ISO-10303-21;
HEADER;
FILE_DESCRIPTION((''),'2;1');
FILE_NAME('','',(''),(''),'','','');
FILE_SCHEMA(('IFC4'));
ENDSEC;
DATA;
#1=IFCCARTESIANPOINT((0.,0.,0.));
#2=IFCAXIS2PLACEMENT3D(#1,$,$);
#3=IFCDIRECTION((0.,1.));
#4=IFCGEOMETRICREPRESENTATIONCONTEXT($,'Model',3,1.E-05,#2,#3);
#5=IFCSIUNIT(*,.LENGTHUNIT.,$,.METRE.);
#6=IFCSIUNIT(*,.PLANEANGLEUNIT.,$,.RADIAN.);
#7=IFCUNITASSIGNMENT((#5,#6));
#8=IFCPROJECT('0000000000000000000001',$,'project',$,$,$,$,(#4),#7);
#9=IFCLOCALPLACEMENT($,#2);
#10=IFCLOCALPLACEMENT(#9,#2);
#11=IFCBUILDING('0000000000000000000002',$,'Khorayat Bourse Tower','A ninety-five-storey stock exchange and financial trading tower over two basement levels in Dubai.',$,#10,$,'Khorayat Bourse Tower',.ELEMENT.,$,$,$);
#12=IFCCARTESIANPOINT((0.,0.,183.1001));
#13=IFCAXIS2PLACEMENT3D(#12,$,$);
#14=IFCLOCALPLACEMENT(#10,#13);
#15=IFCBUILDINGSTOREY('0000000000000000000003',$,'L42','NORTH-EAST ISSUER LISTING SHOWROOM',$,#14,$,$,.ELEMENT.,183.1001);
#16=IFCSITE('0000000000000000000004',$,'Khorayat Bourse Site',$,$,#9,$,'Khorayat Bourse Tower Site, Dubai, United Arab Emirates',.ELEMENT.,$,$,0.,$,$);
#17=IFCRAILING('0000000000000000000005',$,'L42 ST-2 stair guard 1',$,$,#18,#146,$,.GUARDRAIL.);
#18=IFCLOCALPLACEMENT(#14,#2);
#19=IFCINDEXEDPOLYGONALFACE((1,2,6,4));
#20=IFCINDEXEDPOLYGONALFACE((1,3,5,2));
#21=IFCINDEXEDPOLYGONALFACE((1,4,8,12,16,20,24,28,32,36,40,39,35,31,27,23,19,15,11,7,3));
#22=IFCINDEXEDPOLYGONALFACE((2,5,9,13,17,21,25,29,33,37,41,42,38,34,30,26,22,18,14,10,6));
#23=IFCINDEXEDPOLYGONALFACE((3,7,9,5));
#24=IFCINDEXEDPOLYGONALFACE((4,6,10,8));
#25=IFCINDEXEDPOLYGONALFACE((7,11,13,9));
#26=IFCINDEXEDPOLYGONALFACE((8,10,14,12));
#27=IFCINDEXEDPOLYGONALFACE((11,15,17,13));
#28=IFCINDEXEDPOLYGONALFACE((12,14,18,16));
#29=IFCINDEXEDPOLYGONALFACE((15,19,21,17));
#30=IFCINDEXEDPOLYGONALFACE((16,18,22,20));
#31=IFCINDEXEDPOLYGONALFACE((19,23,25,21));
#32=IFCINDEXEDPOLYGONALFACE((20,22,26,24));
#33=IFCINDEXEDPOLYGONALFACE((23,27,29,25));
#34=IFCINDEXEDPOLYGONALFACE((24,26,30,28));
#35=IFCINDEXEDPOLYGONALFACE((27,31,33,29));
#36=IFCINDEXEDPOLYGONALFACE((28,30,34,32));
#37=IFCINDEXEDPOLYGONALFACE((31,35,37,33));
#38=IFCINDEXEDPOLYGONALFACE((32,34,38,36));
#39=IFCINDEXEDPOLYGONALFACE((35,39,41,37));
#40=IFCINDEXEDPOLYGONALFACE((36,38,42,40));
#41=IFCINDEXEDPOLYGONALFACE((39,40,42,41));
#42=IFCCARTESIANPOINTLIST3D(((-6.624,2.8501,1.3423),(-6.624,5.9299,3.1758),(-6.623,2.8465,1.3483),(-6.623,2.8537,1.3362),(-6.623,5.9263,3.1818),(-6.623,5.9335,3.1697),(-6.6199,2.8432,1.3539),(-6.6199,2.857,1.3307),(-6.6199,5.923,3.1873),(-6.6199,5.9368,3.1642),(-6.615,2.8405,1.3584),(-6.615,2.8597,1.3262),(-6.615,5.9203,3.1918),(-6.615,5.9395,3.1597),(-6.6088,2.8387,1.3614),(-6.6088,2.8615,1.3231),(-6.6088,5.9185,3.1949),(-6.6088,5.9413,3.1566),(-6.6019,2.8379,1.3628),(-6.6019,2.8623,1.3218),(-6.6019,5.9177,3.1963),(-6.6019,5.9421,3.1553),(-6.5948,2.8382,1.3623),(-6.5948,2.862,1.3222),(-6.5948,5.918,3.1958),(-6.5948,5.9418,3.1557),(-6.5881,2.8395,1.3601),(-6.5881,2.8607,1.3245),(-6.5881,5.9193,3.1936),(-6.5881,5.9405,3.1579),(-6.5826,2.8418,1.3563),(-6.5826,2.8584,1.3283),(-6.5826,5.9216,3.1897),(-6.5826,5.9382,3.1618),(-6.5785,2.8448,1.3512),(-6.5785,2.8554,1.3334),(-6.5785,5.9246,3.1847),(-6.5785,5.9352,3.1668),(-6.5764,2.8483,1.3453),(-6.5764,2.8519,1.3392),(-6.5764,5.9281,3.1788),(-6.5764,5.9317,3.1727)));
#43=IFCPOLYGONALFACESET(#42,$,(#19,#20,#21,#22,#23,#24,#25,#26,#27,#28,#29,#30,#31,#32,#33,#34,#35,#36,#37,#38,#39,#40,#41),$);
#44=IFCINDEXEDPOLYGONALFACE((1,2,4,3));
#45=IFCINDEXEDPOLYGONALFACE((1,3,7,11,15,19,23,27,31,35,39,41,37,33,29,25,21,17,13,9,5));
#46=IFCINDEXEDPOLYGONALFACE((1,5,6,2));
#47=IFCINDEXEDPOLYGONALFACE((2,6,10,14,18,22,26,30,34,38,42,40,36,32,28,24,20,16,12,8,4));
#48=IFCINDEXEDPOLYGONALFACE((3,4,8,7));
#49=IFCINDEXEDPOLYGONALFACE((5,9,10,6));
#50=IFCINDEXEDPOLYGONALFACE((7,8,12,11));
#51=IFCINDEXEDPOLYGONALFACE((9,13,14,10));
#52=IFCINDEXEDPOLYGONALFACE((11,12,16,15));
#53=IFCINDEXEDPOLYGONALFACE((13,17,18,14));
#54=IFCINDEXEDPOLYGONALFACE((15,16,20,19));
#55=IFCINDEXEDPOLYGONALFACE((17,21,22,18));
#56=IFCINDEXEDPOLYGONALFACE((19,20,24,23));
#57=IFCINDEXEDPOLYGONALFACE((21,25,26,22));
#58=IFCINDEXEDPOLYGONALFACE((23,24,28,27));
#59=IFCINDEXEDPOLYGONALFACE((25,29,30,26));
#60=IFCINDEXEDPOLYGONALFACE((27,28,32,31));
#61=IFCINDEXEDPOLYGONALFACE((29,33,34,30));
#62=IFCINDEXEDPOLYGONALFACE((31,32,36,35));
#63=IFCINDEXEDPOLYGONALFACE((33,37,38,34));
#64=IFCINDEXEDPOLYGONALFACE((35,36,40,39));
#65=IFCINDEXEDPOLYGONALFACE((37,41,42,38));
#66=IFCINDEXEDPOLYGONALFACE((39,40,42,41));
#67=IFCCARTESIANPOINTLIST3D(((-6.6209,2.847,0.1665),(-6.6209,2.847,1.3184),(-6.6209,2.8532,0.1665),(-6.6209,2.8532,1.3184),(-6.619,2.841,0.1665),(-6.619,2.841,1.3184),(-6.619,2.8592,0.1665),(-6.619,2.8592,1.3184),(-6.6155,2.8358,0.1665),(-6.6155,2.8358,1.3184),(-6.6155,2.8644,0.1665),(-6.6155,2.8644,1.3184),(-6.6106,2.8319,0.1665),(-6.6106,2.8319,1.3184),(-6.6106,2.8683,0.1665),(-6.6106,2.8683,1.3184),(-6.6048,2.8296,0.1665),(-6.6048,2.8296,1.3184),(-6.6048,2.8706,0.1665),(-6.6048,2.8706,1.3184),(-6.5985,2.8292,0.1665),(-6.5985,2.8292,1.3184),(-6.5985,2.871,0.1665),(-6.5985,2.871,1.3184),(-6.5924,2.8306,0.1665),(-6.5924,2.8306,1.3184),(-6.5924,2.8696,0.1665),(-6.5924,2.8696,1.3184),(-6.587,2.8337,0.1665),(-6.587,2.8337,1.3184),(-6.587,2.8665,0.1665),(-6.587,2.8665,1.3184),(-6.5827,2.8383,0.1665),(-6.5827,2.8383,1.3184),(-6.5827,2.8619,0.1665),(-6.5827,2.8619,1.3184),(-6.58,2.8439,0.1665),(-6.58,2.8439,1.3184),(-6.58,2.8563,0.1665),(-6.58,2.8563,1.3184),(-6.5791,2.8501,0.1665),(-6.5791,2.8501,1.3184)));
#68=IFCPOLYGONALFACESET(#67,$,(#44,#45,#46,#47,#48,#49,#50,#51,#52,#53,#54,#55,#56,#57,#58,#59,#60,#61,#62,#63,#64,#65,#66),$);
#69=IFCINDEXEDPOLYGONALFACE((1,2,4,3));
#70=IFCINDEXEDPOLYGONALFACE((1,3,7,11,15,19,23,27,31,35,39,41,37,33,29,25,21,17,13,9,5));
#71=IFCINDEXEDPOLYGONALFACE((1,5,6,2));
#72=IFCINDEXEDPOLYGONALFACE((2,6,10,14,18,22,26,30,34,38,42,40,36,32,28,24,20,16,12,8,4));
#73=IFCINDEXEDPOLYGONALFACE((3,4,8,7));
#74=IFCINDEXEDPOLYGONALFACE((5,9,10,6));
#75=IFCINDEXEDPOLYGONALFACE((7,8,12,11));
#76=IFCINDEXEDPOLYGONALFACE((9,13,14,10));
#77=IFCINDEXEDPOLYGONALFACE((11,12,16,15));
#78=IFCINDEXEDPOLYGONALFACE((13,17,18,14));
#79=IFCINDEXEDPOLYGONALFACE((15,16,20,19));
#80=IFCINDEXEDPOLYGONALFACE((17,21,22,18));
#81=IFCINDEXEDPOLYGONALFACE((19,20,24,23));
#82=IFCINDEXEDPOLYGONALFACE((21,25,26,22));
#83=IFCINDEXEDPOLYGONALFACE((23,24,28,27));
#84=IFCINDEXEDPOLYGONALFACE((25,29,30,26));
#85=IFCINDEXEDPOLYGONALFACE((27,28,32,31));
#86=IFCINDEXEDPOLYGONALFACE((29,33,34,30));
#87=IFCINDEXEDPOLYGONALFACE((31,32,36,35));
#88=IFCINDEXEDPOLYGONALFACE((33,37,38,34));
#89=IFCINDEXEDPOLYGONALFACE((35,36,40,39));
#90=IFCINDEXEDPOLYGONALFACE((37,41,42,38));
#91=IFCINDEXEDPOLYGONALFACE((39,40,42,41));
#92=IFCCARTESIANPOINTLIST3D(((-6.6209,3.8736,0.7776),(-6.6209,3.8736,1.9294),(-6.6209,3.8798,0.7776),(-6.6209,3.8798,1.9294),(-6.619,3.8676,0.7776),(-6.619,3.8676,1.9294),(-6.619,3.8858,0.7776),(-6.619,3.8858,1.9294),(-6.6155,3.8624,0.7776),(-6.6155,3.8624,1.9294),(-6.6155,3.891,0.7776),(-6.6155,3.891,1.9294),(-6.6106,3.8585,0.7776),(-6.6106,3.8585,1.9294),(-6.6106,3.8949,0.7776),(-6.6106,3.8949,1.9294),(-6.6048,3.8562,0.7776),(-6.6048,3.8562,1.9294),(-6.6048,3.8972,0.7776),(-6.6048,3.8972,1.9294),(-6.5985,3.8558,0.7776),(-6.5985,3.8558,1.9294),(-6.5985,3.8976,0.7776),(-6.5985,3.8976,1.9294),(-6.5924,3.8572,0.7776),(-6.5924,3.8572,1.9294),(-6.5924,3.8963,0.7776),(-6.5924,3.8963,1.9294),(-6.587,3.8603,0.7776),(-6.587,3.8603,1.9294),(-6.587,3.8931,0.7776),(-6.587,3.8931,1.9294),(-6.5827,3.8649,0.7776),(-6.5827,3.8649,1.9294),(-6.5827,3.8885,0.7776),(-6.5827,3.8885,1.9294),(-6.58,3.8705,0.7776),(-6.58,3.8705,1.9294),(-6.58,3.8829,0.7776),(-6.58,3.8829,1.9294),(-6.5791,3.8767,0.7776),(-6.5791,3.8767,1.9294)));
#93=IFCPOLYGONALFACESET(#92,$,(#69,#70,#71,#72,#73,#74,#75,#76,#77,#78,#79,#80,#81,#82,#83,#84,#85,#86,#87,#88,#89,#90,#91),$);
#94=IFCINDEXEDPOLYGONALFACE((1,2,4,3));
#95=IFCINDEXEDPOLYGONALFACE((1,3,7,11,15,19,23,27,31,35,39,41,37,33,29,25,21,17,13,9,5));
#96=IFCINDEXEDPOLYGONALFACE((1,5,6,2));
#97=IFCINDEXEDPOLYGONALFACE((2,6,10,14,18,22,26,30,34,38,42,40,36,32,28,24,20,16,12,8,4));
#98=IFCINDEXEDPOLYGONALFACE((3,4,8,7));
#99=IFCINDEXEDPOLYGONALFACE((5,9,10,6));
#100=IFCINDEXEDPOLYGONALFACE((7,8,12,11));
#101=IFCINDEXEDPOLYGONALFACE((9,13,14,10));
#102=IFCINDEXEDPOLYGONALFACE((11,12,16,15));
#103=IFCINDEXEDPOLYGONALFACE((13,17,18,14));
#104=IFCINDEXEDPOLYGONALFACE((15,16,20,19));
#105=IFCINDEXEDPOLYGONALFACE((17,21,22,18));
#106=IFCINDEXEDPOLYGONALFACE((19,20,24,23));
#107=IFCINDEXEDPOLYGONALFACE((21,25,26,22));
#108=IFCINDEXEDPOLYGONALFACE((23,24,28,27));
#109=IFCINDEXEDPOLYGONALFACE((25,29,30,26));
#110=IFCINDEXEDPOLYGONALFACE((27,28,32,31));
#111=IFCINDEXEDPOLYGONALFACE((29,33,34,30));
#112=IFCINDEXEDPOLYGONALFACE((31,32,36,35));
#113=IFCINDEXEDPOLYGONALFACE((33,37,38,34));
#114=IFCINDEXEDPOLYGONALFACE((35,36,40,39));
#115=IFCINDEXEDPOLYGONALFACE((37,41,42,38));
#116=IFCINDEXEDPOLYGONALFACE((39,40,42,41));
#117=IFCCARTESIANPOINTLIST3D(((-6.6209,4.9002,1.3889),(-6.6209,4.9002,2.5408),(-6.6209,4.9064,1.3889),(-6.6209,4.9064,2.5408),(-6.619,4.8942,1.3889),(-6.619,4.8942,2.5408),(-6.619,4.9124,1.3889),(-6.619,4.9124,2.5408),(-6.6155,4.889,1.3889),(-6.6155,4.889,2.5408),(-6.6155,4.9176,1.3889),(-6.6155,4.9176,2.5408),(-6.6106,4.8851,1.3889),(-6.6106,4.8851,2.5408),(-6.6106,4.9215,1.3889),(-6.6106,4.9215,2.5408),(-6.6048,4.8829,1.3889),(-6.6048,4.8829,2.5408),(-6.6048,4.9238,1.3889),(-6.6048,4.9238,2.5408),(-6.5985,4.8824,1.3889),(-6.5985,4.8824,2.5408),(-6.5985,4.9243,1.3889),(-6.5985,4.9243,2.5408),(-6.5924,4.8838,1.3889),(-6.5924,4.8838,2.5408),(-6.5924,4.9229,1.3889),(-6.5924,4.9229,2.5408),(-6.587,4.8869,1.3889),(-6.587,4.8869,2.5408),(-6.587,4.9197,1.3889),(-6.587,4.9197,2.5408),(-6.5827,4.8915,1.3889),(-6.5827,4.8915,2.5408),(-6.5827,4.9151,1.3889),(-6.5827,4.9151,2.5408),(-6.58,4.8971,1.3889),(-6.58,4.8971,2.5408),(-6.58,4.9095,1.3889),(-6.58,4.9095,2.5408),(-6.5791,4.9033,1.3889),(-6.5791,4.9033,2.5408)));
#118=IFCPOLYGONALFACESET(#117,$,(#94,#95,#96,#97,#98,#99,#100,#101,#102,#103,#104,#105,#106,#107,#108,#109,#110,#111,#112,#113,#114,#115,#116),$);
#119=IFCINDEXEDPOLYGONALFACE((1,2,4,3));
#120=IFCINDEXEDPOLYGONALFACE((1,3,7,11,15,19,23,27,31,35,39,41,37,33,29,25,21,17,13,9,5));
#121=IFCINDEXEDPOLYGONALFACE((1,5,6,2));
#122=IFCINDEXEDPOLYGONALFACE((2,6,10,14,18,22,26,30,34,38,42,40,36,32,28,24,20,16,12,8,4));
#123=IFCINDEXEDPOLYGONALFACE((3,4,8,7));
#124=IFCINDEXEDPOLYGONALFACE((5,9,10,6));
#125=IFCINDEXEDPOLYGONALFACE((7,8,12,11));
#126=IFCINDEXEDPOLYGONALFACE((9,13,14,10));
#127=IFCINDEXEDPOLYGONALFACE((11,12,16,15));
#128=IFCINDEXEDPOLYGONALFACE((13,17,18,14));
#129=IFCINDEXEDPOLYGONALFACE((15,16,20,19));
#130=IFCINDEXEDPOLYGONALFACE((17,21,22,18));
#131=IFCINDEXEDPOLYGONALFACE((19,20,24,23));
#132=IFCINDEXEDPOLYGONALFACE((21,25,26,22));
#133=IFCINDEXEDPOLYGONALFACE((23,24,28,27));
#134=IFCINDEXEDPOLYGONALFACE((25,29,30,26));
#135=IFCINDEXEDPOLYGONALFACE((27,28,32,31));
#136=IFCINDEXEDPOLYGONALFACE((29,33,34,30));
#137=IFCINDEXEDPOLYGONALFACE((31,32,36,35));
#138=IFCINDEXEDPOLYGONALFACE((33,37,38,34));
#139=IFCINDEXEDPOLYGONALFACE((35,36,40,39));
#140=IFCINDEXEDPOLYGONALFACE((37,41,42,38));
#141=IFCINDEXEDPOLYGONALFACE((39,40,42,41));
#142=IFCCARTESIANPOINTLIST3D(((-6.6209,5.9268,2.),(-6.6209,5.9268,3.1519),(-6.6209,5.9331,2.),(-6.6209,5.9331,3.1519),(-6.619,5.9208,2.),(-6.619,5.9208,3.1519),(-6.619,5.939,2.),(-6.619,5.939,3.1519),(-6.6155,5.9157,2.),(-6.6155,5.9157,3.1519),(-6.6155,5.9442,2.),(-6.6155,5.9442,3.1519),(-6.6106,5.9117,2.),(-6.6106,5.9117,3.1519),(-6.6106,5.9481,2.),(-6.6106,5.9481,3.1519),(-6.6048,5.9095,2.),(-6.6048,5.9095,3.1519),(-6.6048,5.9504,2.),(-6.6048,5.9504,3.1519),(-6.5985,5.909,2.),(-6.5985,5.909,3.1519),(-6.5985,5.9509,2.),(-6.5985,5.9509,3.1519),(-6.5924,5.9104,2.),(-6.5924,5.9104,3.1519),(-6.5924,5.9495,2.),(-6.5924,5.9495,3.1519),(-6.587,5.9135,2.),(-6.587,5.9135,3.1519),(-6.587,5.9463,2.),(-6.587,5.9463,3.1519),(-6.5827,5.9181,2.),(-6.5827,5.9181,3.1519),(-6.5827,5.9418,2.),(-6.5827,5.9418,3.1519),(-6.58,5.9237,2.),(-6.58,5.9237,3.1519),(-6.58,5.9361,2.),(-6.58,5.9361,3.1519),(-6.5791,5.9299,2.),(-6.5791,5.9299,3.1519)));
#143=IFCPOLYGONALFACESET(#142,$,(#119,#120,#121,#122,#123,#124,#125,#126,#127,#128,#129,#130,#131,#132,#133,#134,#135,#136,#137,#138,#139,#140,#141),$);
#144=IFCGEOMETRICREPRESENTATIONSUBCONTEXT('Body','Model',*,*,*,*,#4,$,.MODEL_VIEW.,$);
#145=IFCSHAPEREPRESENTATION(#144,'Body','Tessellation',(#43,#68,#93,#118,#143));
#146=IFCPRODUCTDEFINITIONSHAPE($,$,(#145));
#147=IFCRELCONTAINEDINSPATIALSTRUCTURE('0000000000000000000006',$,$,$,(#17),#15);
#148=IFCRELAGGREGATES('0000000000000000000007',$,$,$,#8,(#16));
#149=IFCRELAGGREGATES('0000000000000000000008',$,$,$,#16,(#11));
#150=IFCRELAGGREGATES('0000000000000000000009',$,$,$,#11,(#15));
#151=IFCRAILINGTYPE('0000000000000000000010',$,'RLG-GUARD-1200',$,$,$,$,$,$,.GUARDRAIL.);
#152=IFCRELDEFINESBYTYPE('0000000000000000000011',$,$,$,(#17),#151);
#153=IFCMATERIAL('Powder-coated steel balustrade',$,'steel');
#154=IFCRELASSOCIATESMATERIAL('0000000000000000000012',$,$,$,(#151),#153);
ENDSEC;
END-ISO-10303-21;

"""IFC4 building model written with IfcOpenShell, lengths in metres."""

from ifc_helpers import new_model, si_unit, direction, frame, origin, origin_2d, place, context, subcontext, project, spatial, circle, extrude, source, transform, mapped, material, type_object, element, save


model = new_model("IFC4")

# Units and contexts
model_context = context("Model", 3, precision=1e-05, world=origin(), true_north=direction((0.0, 1.0)))
body_context = subcontext(model_context, "Body", "Model", "MODEL_VIEW")
ifc_project = project(units=[si_unit("LENGTHUNIT", "METRE"), si_unit("PLANEANGLEUNIT", "RADIAN")], contexts=[model_context])

# Site, building, storey
site_placement = place(None, origin())
site = spatial("IfcSite", under=ifc_project, at=site_placement, Name="Khorayat Bourse Site", LongName="Khorayat Bourse Tower Site, Dubai, United Arab Emirates", CompositionType="ELEMENT", RefElevation=0.0)
building_placement = place(site_placement, origin())
building = spatial("IfcBuilding", under=site, at=building_placement, Name="Khorayat Bourse Tower", Description="A ninety-five-storey stock exchange and financial trading tower over two basement levels in Dubai.", LongName="Khorayat Bourse Tower", CompositionType="ELEMENT")
storey_placement = place(building_placement, frame((0.0, 0.0, 183.1001)))
storey = spatial("IfcBuildingStorey", under=building, at=storey_placement, Name="L42", Description="NORTH-EAST ISSUER LISTING SHOWROOM", CompositionType="ELEMENT", Elevation=183.1001)

# Railing
ifc_material_1 = material(Name="Powder-coated steel balustrade", Category="steel")
railing_type_1 = type_object("IfcRailingType", Name="RLG-GUARD-1200", PredefinedType="GUARDRAIL", material=ifc_material_1)
shared_shape_1 = source(origin(), body_context, "Body", "SweptSolid", [
    extrude(circle(Radius=0.0239, at=origin_2d()), frame((0.0, 0.0, 1.1758), z_axis=(0.0, 0.859261, 0.511538), x_axis=(-1.0, 0.0, 0.0)), (0.0, 0.0, 1.0), 3.5842),
    extrude(circle(Radius=0.021, at=origin_2d()), origin(), (0.0, 0.0, 1.0), 1.1519),
    extrude(circle(Radius=0.021, at=origin_2d()), frame((0.0, 1.0266, 0.6111)), (0.0, 0.0, 1.0), 1.1519),
    extrude(circle(Radius=0.021, at=origin_2d()), frame((0.0, 2.0532, 1.2224)), (0.0, 0.0, 1.0), 1.1519),
    extrude(circle(Radius=0.021, at=origin_2d()), frame((0.0, 3.0798, 1.8335)), (0.0, 0.0, 1.0), 1.1519),
])
railing_1_placement = place(storey_placement, frame((-6.6001, 2.8501, 0.1665)))
element("IfcRailing", 1, at=railing_1_placement, inside=storey, type_object=railing_type_1, Name="L42 ST-2 stair guard 1", PredefinedType="GUARDRAIL", context=body_context, shape_type="MappedRepresentation", body=[
    mapped(shared_shape_1, transform((0.0, 0.0, 0.0), scale=1.0)),
])

save(model, "model.ifc")
